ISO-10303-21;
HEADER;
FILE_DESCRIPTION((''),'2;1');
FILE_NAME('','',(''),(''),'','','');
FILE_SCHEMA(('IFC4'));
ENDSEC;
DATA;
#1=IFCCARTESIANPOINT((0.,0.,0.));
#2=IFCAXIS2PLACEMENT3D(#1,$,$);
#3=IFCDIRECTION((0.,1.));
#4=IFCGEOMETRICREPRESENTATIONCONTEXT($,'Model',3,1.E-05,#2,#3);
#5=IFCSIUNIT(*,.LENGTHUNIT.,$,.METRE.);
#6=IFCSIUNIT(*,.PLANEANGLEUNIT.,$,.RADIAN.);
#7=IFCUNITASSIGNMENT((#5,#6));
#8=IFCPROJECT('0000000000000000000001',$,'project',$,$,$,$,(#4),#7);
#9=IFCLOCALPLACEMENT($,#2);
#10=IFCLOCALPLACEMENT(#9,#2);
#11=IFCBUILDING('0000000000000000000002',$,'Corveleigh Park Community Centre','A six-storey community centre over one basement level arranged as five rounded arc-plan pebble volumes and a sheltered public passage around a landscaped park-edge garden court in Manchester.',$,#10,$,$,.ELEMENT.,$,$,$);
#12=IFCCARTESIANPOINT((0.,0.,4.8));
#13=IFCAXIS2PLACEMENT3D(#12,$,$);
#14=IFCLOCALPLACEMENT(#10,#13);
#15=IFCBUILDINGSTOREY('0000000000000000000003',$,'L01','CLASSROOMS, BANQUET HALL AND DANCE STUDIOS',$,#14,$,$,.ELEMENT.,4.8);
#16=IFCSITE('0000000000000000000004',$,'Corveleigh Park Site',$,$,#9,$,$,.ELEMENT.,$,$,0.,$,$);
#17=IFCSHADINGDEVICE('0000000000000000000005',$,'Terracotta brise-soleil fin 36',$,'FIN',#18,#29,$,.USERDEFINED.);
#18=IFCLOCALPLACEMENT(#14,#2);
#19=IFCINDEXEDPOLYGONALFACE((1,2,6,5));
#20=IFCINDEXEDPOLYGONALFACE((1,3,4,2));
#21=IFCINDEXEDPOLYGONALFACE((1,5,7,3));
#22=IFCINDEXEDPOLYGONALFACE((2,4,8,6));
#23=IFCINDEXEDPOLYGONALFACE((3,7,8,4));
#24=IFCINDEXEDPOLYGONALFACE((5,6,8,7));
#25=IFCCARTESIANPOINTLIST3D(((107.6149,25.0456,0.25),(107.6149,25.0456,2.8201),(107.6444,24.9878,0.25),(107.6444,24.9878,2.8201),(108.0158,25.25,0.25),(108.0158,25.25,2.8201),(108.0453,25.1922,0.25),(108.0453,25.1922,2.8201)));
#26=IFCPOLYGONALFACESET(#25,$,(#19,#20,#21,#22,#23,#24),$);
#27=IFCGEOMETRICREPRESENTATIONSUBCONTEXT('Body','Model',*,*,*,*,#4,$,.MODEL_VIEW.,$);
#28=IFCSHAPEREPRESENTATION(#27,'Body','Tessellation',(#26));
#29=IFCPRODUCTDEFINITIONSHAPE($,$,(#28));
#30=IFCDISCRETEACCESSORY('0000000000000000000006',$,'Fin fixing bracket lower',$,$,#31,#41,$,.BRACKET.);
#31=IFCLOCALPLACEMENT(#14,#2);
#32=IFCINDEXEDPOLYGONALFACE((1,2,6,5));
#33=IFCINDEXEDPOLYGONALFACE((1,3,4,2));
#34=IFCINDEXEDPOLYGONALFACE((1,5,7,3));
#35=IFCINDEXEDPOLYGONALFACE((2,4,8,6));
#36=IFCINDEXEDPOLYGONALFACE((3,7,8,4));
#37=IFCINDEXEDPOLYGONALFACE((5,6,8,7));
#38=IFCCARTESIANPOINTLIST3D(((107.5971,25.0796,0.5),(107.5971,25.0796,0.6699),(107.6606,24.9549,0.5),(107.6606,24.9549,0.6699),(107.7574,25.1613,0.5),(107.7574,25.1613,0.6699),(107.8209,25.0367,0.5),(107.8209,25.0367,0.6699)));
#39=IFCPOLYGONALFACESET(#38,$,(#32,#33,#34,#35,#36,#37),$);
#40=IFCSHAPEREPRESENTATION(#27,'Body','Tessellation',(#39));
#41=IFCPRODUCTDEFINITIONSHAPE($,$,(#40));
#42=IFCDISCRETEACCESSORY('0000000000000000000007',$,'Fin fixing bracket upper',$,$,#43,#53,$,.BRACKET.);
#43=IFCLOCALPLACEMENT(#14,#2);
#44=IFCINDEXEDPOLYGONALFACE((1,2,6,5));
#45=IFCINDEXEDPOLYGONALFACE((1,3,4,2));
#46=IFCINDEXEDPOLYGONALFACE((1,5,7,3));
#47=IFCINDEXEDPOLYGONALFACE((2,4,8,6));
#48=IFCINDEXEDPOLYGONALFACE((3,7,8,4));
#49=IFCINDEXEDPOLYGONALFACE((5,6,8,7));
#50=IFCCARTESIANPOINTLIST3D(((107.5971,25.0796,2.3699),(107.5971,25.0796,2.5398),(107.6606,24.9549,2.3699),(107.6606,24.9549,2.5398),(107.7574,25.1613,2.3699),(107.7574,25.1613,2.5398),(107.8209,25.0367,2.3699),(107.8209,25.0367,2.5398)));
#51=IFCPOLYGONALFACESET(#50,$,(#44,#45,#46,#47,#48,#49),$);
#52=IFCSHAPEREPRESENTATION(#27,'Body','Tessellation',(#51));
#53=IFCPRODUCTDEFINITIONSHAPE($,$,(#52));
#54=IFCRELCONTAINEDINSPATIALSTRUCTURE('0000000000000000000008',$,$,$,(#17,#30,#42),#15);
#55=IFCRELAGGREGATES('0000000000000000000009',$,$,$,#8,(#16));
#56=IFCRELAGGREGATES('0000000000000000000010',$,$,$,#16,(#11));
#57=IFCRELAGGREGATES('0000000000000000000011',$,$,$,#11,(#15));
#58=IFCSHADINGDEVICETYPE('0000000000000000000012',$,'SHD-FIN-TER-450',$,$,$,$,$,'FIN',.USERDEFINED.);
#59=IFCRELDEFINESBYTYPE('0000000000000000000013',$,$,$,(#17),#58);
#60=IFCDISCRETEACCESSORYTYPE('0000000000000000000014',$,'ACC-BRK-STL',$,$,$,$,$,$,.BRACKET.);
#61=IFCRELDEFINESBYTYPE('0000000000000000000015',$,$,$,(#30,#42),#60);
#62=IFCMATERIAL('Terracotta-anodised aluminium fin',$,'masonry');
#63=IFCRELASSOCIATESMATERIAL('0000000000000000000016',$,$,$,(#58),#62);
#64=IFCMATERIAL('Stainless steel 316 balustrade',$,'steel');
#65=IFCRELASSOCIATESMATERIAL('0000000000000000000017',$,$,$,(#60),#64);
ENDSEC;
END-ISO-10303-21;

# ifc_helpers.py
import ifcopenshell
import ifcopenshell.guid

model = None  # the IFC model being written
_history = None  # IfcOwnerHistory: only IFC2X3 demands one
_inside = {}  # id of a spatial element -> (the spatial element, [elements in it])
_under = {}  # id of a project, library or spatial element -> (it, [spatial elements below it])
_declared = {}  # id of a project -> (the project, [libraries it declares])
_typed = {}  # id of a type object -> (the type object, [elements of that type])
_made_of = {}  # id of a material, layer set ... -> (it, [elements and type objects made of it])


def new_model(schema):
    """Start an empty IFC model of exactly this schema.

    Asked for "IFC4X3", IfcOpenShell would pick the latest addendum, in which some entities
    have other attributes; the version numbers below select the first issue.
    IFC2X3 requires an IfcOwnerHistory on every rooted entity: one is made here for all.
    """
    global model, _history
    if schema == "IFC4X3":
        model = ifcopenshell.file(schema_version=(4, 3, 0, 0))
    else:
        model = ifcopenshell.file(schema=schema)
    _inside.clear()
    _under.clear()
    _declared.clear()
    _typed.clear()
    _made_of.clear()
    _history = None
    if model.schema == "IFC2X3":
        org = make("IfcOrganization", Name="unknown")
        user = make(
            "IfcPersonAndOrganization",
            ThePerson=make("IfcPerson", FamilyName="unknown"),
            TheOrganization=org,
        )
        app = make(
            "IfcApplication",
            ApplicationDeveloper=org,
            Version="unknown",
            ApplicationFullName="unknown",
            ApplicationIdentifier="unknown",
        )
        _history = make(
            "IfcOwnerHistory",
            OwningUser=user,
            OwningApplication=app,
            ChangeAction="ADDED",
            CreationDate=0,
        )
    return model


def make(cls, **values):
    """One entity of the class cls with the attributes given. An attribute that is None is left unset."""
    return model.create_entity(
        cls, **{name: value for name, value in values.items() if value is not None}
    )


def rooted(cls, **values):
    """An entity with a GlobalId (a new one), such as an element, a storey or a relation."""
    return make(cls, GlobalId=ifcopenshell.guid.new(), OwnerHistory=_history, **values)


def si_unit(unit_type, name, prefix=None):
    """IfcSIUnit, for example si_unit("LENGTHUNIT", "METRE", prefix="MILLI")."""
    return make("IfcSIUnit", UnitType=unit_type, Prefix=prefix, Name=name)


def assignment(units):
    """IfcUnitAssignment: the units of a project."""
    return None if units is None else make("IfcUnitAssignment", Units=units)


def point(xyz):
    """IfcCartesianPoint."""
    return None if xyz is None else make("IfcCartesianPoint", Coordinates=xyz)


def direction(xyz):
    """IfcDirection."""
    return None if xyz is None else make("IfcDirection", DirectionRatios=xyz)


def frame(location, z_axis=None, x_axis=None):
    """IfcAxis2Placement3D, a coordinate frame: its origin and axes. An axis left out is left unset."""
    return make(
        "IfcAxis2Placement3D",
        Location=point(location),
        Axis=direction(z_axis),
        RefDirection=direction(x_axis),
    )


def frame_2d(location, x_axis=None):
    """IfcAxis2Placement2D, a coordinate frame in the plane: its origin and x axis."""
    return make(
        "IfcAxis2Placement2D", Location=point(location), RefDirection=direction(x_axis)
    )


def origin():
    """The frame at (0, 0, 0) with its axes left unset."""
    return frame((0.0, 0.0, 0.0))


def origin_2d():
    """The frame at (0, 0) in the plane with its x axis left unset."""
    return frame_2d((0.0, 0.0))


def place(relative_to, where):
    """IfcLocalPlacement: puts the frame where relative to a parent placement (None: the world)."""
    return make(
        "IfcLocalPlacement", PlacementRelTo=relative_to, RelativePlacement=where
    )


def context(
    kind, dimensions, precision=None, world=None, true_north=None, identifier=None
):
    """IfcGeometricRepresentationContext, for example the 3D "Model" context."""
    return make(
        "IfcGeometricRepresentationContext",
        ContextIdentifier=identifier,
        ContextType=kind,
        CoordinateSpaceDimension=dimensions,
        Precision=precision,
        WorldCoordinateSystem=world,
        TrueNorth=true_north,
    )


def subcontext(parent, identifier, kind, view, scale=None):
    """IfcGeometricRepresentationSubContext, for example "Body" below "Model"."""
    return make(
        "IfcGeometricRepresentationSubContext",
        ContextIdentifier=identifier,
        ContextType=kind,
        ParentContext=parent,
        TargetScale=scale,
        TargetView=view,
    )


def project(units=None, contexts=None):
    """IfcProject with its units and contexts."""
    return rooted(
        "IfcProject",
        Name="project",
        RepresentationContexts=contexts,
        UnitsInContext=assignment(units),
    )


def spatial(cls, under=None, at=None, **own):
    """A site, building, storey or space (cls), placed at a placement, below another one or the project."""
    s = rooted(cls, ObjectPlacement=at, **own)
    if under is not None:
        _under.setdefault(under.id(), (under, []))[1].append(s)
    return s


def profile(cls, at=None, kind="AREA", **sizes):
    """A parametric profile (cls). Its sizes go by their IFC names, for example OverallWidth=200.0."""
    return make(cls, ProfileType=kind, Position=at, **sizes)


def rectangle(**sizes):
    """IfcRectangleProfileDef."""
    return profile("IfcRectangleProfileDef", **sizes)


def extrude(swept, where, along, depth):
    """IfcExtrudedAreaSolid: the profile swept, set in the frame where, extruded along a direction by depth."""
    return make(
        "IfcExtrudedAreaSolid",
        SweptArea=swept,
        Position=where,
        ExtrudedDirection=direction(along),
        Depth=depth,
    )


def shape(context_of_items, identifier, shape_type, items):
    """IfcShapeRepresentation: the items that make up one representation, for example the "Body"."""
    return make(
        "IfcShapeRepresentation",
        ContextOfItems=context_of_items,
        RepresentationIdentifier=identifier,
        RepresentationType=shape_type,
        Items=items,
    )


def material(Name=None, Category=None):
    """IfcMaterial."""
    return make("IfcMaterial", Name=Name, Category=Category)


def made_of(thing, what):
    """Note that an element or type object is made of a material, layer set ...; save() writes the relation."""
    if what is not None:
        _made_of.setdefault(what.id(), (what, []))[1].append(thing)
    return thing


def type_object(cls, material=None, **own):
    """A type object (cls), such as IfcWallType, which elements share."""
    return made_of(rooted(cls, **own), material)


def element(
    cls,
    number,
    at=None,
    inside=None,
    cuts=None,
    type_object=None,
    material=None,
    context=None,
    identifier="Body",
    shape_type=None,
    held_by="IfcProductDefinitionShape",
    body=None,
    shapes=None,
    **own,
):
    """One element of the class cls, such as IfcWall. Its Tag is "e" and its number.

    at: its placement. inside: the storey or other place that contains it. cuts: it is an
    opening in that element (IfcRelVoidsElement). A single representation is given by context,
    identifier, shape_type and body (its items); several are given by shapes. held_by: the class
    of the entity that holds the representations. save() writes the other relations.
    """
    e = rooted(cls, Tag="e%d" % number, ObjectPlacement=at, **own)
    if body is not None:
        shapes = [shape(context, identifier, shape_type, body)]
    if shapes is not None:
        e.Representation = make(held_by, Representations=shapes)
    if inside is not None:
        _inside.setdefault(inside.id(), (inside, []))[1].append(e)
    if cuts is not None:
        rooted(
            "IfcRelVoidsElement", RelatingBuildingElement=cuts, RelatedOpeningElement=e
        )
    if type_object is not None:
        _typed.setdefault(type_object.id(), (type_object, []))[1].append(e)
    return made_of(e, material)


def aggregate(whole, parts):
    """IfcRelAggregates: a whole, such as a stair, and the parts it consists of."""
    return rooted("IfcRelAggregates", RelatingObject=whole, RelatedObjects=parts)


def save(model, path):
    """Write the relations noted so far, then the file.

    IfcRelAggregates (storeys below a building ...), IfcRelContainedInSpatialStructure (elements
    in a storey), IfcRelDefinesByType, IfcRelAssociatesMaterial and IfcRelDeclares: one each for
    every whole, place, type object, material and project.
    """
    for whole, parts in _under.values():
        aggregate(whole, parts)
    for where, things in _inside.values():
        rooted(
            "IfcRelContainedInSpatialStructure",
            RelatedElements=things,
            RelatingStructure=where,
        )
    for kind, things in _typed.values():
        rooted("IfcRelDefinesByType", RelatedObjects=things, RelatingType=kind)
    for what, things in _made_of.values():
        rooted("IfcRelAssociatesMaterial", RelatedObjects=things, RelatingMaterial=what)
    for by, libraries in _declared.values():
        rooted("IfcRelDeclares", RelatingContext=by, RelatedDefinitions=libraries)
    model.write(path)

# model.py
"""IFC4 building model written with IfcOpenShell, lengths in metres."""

from ifc_helpers import new_model, si_unit, direction, frame, origin, origin_2d, place, context, subcontext, project, spatial, rectangle, extrude, material, type_object, element, save


model = new_model("IFC4")

# Units and contexts
model_context = context("Model", 3, precision=1e-05, world=origin(), true_north=direction((0.0, 1.0)))
body_context = subcontext(model_context, "Body", "Model", "MODEL_VIEW")
ifc_project = project(units=[si_unit("LENGTHUNIT", "METRE"), si_unit("PLANEANGLEUNIT", "RADIAN")], contexts=[model_context])

# Site, building, storey
site_placement = place(None, origin())
site = spatial("IfcSite", under=ifc_project, at=site_placement, Name="Corveleigh Park Site", CompositionType="ELEMENT", RefElevation=0.0)
building_placement = place(site_placement, origin())
building = spatial("IfcBuilding", under=site, at=building_placement, Name="Corveleigh Park Community Centre", Description="A six-storey community centre over one basement level arranged as five rounded arc-plan pebble volumes and a sheltered public passage around a landscaped park-edge garden court in Manchester.", CompositionType="ELEMENT")
storey_placement = place(building_placement, frame((0.0, 0.0, 4.8)))
storey = spatial("IfcBuildingStorey", under=building, at=storey_placement, Name="L01", Description="CLASSROOMS, BANQUET HALL AND DANCE STUDIOS", CompositionType="ELEMENT", Elevation=4.8)

# Shading device
ifc_material_1 = material(Name="Terracotta-anodised aluminium fin", Category="masonry")
shading_device_type = type_object("IfcShadingDeviceType", Name="SHD-FIN-TER-450", ElementType="FIN", PredefinedType="USERDEFINED", material=ifc_material_1)
shading_device_placement = place(storey_placement, frame((107.8301, 25.1189, 0.25), z_axis=(0.0, 0.0, 1.0), x_axis=(0.890891, 0.454218, 0.0)))
element("IfcShadingDevice", 1, at=shading_device_placement, inside=storey, type_object=shading_device_type, Name="Terracotta brise-soleil fin 36", ObjectType="FIN", PredefinedType="USERDEFINED", context=body_context, shape_type="SweptSolid", body=[
    extrude(rectangle(XDim=0.45, YDim=0.0649, at=origin_2d()), origin(), (0.0, 0.0, 1.0), 2.5701),
])

# Discrete accessories
ifc_material_2 = material(Name="Stainless steel 316 balustrade", Category="steel")
discrete_accessory_type = type_object("IfcDiscreteAccessoryType", Name="ACC-BRK-STL", PredefinedType="BRACKET", material=ifc_material_2)
for number, where, z_axis, x_axis, name in (
    (2, (107.709, 25.0581, 0.5), (0.0, 0.0, 1.0), (0.890891, 0.454218, 0.0), "Fin fixing bracket lower"),
    (3, (107.709, 25.0581, 2.3699), (0.0, 0.0, 1.0), (0.890891, 0.454218, 0.0), "Fin fixing bracket upper"),
):
    element("IfcDiscreteAccessory", number, at=place(storey_placement, frame(where, z_axis=z_axis, x_axis=x_axis)), inside=storey, type_object=discrete_accessory_type, Name=name, PredefinedType="BRACKET", context=body_context, shape_type="SweptSolid", body=[
        extrude(rectangle(XDim=0.1799, YDim=0.1399, at=origin_2d()), origin(), (0.0, 0.0, 1.0), 0.1699),
    ])

save(model, "model.ifc")
